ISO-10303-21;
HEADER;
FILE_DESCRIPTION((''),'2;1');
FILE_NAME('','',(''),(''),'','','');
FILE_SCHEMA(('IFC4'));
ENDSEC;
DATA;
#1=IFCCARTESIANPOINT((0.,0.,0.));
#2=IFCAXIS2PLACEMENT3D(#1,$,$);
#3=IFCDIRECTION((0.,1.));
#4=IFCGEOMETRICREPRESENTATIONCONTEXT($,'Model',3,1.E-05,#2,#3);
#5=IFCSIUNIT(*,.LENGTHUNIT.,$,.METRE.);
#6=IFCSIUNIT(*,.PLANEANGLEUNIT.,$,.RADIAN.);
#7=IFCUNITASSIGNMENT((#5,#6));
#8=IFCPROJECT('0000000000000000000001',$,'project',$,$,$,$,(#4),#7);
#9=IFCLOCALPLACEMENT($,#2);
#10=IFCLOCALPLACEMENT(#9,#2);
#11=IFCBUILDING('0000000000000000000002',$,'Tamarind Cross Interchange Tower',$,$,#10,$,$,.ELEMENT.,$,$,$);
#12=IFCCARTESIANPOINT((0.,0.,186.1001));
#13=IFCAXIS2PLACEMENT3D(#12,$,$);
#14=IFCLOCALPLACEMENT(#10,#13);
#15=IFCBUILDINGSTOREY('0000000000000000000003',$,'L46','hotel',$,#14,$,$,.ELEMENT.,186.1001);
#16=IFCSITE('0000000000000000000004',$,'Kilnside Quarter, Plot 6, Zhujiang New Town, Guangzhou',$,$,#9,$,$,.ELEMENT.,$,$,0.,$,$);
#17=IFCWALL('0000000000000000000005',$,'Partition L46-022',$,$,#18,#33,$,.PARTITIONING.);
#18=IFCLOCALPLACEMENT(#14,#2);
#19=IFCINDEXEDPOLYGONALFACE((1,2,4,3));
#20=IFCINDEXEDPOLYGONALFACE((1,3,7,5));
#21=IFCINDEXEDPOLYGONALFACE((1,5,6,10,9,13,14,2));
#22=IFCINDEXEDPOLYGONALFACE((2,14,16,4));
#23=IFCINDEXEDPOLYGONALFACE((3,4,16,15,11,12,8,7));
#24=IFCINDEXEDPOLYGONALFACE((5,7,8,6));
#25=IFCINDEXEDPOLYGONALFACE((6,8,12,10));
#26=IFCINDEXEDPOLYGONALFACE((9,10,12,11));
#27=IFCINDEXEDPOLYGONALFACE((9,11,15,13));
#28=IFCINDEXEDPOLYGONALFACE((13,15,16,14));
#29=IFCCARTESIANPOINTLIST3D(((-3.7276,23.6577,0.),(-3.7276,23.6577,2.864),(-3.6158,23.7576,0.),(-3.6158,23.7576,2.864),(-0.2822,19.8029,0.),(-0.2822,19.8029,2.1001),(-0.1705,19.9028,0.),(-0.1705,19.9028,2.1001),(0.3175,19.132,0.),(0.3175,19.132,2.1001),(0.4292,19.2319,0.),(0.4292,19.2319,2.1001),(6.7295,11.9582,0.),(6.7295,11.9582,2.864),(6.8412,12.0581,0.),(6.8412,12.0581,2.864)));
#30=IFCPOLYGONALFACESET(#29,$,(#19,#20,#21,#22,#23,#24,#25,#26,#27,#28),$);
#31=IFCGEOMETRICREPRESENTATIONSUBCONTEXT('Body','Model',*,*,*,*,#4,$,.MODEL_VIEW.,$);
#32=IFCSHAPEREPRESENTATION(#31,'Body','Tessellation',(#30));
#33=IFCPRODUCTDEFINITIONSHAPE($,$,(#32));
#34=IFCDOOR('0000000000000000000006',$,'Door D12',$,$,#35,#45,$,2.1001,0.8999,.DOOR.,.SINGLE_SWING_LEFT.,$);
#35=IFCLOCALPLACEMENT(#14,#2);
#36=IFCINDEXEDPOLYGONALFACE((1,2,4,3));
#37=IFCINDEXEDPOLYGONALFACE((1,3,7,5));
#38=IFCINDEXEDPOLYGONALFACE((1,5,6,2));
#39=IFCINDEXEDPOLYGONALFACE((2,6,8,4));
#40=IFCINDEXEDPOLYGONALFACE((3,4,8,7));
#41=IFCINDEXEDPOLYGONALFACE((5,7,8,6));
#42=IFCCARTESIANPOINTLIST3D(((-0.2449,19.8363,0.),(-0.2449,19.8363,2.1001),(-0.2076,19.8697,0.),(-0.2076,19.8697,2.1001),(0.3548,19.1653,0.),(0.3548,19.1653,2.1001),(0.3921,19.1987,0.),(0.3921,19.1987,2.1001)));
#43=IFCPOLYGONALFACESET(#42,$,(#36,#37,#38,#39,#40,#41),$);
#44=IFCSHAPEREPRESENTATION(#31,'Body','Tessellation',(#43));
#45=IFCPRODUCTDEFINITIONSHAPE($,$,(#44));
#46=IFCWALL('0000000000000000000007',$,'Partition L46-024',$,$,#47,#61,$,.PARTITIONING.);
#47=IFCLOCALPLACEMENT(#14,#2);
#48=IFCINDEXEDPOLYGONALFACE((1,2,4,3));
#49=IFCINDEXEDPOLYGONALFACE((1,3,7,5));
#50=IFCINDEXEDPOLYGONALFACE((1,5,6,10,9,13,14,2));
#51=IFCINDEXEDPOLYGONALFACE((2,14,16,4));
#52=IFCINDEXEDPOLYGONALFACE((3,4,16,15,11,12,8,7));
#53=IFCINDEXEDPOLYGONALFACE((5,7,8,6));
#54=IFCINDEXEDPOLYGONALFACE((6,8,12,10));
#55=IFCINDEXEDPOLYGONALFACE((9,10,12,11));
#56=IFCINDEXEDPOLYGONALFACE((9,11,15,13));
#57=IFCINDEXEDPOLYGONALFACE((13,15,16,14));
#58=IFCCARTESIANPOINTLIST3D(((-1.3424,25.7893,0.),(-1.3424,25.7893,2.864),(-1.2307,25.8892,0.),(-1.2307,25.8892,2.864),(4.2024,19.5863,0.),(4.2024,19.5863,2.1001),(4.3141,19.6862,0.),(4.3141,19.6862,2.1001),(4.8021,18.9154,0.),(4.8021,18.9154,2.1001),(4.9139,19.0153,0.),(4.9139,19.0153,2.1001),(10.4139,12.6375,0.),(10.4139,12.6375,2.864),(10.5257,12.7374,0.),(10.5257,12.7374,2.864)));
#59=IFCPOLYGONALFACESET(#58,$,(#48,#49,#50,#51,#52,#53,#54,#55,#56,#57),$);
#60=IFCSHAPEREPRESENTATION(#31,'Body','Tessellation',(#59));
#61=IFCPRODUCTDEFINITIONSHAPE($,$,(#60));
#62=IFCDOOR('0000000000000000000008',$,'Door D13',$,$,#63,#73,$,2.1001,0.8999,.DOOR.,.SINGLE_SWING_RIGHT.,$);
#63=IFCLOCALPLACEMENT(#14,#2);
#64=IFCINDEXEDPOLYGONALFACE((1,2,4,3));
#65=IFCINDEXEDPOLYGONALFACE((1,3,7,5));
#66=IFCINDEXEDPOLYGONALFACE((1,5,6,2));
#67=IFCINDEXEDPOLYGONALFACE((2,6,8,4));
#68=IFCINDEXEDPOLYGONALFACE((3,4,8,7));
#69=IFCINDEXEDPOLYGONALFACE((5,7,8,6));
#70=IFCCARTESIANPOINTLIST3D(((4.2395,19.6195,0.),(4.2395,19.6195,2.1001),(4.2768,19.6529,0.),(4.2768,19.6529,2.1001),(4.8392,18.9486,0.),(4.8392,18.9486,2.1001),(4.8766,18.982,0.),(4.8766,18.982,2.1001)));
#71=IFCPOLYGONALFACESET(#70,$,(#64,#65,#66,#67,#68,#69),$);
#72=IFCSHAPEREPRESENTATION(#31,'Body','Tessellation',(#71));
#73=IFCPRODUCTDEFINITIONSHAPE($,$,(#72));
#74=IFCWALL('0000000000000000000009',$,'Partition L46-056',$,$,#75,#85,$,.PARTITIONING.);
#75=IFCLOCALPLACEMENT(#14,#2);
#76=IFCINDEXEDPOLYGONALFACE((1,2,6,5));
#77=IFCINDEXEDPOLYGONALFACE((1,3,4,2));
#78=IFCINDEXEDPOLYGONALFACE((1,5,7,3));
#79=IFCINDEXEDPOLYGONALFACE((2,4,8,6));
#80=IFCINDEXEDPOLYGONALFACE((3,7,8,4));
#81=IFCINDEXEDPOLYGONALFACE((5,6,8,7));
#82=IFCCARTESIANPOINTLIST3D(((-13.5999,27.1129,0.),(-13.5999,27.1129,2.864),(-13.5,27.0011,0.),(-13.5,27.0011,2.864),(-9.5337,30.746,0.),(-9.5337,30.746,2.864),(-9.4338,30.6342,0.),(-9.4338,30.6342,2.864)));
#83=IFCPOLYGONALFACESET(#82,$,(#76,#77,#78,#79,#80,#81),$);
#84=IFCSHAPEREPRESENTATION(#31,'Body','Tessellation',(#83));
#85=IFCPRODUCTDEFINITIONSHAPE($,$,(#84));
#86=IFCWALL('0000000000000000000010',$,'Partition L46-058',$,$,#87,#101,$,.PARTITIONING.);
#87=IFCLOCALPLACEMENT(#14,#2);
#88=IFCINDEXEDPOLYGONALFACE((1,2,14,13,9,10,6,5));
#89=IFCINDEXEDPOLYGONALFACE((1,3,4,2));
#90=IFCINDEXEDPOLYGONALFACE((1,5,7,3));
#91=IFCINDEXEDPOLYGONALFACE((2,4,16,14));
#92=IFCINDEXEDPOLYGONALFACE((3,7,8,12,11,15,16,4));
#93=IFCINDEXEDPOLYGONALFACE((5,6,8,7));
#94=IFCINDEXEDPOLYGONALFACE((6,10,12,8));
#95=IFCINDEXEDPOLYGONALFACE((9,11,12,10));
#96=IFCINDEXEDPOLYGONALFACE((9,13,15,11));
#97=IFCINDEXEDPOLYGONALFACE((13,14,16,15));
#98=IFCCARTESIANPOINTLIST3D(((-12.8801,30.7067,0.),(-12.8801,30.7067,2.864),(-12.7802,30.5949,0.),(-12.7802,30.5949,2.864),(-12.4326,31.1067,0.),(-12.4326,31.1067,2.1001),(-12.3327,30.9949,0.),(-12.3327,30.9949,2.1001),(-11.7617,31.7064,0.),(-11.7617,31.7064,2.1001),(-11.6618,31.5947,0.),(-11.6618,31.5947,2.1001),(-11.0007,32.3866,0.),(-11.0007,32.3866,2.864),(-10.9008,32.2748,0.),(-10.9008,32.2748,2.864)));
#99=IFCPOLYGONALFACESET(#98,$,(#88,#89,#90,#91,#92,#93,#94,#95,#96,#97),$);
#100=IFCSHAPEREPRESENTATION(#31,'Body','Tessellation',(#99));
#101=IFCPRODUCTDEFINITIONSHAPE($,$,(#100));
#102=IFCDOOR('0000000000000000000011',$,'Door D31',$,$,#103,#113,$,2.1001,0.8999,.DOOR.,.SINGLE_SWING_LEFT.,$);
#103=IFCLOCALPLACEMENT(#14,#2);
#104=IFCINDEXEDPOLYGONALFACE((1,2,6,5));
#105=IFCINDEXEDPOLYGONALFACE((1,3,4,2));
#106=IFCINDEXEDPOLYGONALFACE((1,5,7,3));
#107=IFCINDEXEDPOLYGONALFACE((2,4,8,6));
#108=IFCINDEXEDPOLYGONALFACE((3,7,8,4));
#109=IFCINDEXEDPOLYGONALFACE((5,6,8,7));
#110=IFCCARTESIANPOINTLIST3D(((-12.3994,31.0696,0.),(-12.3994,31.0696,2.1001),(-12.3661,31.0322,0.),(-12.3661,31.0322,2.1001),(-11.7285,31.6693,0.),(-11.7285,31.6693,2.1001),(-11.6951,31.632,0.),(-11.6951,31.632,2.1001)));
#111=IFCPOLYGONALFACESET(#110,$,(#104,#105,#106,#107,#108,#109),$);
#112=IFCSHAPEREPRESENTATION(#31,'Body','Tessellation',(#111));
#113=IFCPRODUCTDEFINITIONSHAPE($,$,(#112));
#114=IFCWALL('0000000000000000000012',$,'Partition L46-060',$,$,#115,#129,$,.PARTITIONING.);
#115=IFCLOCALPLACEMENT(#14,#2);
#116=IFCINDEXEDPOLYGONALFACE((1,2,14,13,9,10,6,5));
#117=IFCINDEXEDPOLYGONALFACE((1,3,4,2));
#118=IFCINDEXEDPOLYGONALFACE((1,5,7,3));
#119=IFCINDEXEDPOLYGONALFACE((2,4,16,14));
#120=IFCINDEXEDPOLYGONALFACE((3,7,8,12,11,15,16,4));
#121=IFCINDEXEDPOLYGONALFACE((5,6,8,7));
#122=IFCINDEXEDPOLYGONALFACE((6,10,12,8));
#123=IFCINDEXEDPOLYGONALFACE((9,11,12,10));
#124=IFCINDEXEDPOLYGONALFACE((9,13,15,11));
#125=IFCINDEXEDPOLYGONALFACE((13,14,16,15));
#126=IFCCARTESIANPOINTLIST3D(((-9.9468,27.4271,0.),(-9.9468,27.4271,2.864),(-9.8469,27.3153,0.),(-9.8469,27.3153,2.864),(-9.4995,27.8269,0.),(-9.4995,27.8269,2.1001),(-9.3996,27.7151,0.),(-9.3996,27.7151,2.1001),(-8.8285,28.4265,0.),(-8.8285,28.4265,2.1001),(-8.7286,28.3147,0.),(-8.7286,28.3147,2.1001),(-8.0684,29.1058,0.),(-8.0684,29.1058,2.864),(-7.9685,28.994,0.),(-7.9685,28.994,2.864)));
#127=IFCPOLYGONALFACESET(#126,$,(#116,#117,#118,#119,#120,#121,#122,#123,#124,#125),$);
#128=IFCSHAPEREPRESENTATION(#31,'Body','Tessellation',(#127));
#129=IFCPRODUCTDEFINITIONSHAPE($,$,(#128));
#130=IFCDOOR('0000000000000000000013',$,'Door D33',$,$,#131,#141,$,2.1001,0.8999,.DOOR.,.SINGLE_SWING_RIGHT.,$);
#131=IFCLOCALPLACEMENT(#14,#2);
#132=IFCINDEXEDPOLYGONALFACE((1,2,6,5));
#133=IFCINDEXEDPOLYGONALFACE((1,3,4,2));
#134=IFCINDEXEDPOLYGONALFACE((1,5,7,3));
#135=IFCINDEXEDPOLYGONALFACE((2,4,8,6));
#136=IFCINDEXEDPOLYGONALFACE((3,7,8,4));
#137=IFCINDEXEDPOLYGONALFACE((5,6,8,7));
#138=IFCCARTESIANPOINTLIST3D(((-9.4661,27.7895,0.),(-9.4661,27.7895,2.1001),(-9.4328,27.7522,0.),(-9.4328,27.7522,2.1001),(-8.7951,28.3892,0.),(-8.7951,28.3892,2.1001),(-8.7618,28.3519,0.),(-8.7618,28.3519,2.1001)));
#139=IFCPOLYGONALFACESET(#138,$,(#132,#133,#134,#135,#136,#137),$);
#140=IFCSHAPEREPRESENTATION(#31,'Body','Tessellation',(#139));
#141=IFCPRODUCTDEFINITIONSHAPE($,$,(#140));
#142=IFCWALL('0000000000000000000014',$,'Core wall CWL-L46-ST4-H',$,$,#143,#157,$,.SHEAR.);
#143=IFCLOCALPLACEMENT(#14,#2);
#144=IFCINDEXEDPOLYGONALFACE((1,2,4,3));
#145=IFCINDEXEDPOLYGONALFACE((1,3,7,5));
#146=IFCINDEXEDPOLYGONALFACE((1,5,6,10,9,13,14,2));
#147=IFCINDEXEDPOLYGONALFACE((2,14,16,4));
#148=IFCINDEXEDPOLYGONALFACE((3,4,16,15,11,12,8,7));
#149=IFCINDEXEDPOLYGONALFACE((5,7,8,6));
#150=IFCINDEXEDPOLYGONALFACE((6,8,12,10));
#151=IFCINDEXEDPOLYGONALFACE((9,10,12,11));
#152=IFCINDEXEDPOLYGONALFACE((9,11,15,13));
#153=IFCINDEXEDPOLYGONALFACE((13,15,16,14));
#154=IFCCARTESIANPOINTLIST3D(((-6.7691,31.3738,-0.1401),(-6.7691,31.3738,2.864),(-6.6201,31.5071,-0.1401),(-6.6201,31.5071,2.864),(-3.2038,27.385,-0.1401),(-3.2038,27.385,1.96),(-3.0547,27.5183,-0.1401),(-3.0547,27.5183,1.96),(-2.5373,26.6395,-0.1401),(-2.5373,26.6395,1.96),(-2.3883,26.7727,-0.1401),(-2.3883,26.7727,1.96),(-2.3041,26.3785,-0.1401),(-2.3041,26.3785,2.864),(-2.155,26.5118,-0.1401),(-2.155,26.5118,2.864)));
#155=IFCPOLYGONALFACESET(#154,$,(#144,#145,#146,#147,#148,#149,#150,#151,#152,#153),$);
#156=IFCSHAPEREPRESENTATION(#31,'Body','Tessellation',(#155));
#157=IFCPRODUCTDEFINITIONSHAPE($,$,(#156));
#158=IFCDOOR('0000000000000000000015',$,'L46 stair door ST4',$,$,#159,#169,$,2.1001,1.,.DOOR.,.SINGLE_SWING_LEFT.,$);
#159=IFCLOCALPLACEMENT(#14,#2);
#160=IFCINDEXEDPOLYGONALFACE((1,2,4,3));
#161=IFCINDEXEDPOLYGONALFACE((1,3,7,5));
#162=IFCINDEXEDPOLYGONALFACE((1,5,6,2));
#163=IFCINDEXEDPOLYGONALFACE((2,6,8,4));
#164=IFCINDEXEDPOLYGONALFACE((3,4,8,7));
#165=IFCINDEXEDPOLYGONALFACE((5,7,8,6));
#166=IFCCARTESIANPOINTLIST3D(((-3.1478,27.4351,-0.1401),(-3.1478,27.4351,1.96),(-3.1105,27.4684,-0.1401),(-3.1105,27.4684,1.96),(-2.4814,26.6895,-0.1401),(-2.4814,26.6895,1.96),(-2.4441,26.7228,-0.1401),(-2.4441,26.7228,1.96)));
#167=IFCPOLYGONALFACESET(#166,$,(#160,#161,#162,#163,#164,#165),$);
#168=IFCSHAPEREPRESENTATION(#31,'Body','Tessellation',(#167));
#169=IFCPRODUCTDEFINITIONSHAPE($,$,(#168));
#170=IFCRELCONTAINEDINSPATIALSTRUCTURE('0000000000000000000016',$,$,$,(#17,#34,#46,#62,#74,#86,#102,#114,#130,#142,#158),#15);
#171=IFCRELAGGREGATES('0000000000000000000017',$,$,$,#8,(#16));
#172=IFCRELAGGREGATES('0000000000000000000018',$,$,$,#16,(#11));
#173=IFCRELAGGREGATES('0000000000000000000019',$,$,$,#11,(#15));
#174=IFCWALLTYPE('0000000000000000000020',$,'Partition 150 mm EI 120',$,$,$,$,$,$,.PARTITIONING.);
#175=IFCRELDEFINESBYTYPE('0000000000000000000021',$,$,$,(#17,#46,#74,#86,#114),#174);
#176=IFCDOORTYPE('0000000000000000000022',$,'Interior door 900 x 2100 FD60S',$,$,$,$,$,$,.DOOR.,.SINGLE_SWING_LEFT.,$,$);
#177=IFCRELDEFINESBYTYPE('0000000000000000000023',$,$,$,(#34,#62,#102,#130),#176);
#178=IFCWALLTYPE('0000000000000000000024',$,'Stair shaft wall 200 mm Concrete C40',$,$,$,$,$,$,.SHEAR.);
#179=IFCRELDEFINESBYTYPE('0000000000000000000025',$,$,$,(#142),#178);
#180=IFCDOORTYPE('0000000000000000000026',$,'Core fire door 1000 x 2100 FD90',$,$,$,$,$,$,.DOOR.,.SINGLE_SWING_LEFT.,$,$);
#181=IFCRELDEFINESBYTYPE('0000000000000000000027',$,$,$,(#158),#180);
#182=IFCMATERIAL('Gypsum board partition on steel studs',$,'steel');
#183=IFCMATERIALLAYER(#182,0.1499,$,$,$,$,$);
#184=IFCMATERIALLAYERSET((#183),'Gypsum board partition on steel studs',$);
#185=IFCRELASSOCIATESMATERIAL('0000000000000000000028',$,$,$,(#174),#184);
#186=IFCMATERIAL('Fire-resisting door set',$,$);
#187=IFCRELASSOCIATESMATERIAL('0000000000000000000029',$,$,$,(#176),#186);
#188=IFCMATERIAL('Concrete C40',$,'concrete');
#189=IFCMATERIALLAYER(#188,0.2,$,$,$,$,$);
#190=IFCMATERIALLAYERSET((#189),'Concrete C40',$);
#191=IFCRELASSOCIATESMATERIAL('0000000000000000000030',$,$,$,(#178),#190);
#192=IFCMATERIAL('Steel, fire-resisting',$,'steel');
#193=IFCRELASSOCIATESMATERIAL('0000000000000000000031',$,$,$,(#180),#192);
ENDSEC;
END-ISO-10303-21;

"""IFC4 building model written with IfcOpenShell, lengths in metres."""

from ifc_helpers import new_model, si_unit, direction, frame, frame_2d, origin, place, context, subcontext, project, spatial, rectangle, extrude, material, layer, layer_set, type_object, element, fill, save


model = new_model("IFC4")

# Units and contexts
model_context = context("Model", 3, precision=1e-05, world=origin(), true_north=direction((0.0, 1.0)))
body_context = subcontext(model_context, "Body", "Model", "MODEL_VIEW")
ifc_project = project(units=[si_unit("LENGTHUNIT", "METRE"), si_unit("PLANEANGLEUNIT", "RADIAN")], contexts=[model_context])

# Site, building, storey
site_placement = place(None, origin())
site = spatial("IfcSite", under=ifc_project, at=site_placement, Name="Kilnside Quarter, Plot 6, Zhujiang New Town, Guangzhou", CompositionType="ELEMENT", RefElevation=0.0)
building_placement = place(site_placement, origin())
building = spatial("IfcBuilding", under=site, at=building_placement, Name="Tamarind Cross Interchange Tower", CompositionType="ELEMENT")
storey_placement = place(building_placement, frame((0.0, 0.0, 186.1001)))
storey = spatial("IfcBuildingStorey", under=building, at=storey_placement, Name="L46", Description="hotel", CompositionType="ELEMENT", Elevation=186.1001)

# Shared definitions
ifc_material_1 = material(Name="Gypsum board partition on steel studs", Category="steel")
ifc_layer_1 = layer(ifc_material_1, 0.1499)
ifc_layer_set_1 = layer_set([ifc_layer_1], Name="Gypsum board partition on steel studs")
wall_type_1 = type_object("IfcWallType", Name="Partition 150 mm EI 120", PredefinedType="PARTITIONING", material=ifc_layer_set_1)

# Walls, openings, doors
wall_1_placement = place(storey_placement, frame((-3.6716, 23.7075, 0.0), z_axis=(0.0, 0.0, 1.0), x_axis=(0.666409, -0.745587, 0.0)))
wall_1 = element("IfcWall", 1, at=wall_1_placement, inside=storey, type_object=wall_type_1, Name="Partition L46-022", PredefinedType="PARTITIONING", context=body_context, shape_type="SweptSolid", body=[
    extrude(rectangle(XDim=15.6917, YDim=0.1499, at=frame_2d((7.8457, 0.0))), origin(), (0.0, 0.0, 1.0), 2.864),
])
opening_1_placement = place(wall_1_placement, frame((5.1699, 0.0, 0.0)))
opening_1 = element("IfcOpeningElement", 2, at=opening_1_placement, cuts=wall_1, PredefinedType="OPENING", context=body_context, shape_type="SweptSolid", body=[
    extrude(rectangle(XDim=0.8999, YDim=2.1001, at=frame_2d((0.45, 1.05))), frame((0.0, 0.085, 0.0), z_axis=(0.0, -1.0, 0.0), x_axis=(1.0, 0.0, 0.0)), (0.0, 0.0, 1.0), 0.1699),
])
ifc_material_2 = material(Name="Fire-resisting door set")
door_type_1 = type_object("IfcDoorType", Name="Interior door 900 x 2100 FD60S", OperationType="SINGLE_SWING_LEFT", PredefinedType="DOOR", material=ifc_material_2)
door_1_placement = place(opening_1_placement, frame((0.8999, 0.0, 0.0), z_axis=(0.0, 0.0, 1.0), x_axis=(-1.0, 0.0, 0.0)))
door_1 = element("IfcDoor", 3, at=door_1_placement, inside=storey, type_object=door_type_1, Name="Door D12", OperationType="SINGLE_SWING_LEFT", OverallHeight=2.1001, OverallWidth=0.8999, PredefinedType="DOOR", context=body_context, shape_type="SweptSolid", body=[
    extrude(rectangle(XDim=0.8999, YDim=2.1001, at=frame_2d((0.45, 1.05))), frame((0.0, 0.0249, 0.0), z_axis=(0.0, -1.0, 0.0), x_axis=(1.0, 0.0, 0.0)), (0.0, 0.0, 1.0), 0.05),
])
fill(opening_1, door_1)
wall_2_placement = place(storey_placement, frame((-1.2866, 25.8394, 0.0), z_axis=(0.0, 0.0, 1.0), x_axis=(0.666445, -0.745554, 0.0)))
wall_2 = element("IfcWall", 4, at=wall_2_placement, inside=storey, type_object=wall_type_1, Name="Partition L46-024", PredefinedType="PARTITIONING", context=body_context, shape_type="SweptSolid", body=[
    extrude(rectangle(XDim=17.6404, YDim=0.1499, at=frame_2d((8.8203, 0.0))), origin(), (0.0, 0.0, 1.0), 2.864),
])
opening_2_placement = place(wall_2_placement, frame((8.3201, 0.0, 0.0)))
opening_2 = element("IfcOpeningElement", 5, at=opening_2_placement, cuts=wall_2, PredefinedType="OPENING", context=body_context, shape_type="SweptSolid", body=[
    extrude(rectangle(XDim=0.8999, YDim=2.1001, at=frame_2d((0.45, 1.05))), frame((0.0, 0.085, 0.0), z_axis=(0.0, -1.0, 0.0), x_axis=(1.0, 0.0, 0.0)), (0.0, 0.0, 1.0), 0.1699),
])
door_2_placement = place(opening_2_placement, origin())
door_2 = element("IfcDoor", 6, at=door_2_placement, inside=storey, type_object=door_type_1, Name="Door D13", OperationType="SINGLE_SWING_RIGHT", OverallHeight=2.1001, OverallWidth=0.8999, PredefinedType="DOOR", context=body_context, shape_type="SweptSolid", body=[
    extrude(rectangle(XDim=0.8999, YDim=2.1001, at=frame_2d((0.45, 1.05))), frame((0.0, 0.0249, 0.0), z_axis=(0.0, -1.0, 0.0), x_axis=(1.0, 0.0, 0.0)), (0.0, 0.0, 1.0), 0.05),
])
fill(opening_2, door_2)

# Wall
wall_3_placement = place(storey_placement, frame((-13.55, 27.0569, 0.0), z_axis=(0.0, 0.0, 1.0), x_axis=(0.745705, 0.666276, 0.0)))
element("IfcWall", 7, at=wall_3_placement, inside=storey, type_object=wall_type_1, Name="Partition L46-056", PredefinedType="PARTITIONING", context=body_context, shape_type="SweptSolid", body=[
    extrude(rectangle(XDim=5.4529, YDim=0.1499, at=frame_2d((2.7266, 0.0))), origin(), (0.0, 0.0, 1.0), 2.864),
])

# Walls, openings, doors
wall_4_placement = place(storey_placement, frame((-12.8301, 30.6509, 0.0), z_axis=(0.0, 0.0, 1.0), x_axis=(0.745563, 0.666435, 0.0)))
wall_4 = element("IfcWall", 8, at=wall_4_placement, inside=storey, type_object=wall_type_1, Name="Partition L46-058", PredefinedType="PARTITIONING", context=body_context, shape_type="SweptSolid", body=[
    extrude(rectangle(XDim=2.5208, YDim=0.1499, at=frame_2d((1.2603, 0.0))), origin(), (0.0, 0.0, 1.0), 2.864),
])
opening_3_placement = place(wall_4_placement, frame((0.6001, 0.0, 0.0)))
opening_3 = element("IfcOpeningElement", 9, at=opening_3_placement, cuts=wall_4, PredefinedType="OPENING", context=body_context, shape_type="SweptSolid", body=[
    extrude(rectangle(XDim=0.8999, YDim=2.1001, at=frame_2d((0.45, 1.05))), frame((0.0, 0.085, 0.0), z_axis=(0.0, -1.0, 0.0), x_axis=(1.0, 0.0, 0.0)), (0.0, 0.0, 1.0), 0.1699),
])
door_3_placement = place(opening_3_placement, frame((0.8999, 0.0, 0.0), z_axis=(0.0, 0.0, 1.0), x_axis=(-1.0, 0.0, 0.0)))
door_3 = element("IfcDoor", 10, at=door_3_placement, inside=storey, type_object=door_type_1, Name="Door D31", OperationType="SINGLE_SWING_LEFT", OverallHeight=2.1001, OverallWidth=0.8999, PredefinedType="DOOR", context=body_context, shape_type="SweptSolid", body=[
    extrude(rectangle(XDim=0.8999, YDim=2.1001, at=frame_2d((0.45, 1.05))), frame((0.0, 0.0249, 0.0), z_axis=(0.0, -1.0, 0.0), x_axis=(1.0, 0.0, 0.0)), (0.0, 0.0, 1.0), 0.05),
])
fill(opening_3, door_3)
wall_5_placement = place(storey_placement, frame((-9.897, 27.3711, 0.0), z_axis=(0.0, 0.0, 1.0), x_axis=(0.745632, 0.666358, 0.0)))
wall_5 = element("IfcWall", 11, at=wall_5_placement, inside=storey, type_object=wall_type_1, Name="Partition L46-060", PredefinedType="PARTITIONING", context=body_context, shape_type="SweptSolid", body=[
    extrude(rectangle(XDim=2.5193, YDim=0.1499, at=frame_2d((1.2598, 0.0))), origin(), (0.0, 0.0, 1.0), 2.864),
])
opening_4_placement = place(wall_5_placement, frame((0.6001, 0.0, 0.0)))
opening_4 = element("IfcOpeningElement", 12, at=opening_4_placement, cuts=wall_5, PredefinedType="OPENING", context=body_context, shape_type="SweptSolid", body=[
    extrude(rectangle(XDim=0.8999, YDim=2.1001, at=frame_2d((0.45, 1.05))), frame((0.0, 0.085, 0.0), z_axis=(0.0, -1.0, 0.0), x_axis=(1.0, 0.0, 0.0)), (0.0, 0.0, 1.0), 0.1699),
])
door_4_placement = place(opening_4_placement, origin())
door_4 = element("IfcDoor", 13, at=door_4_placement, inside=storey, type_object=door_type_1, Name="Door D33", OperationType="SINGLE_SWING_RIGHT", OverallHeight=2.1001, OverallWidth=0.8999, PredefinedType="DOOR", context=body_context, shape_type="SweptSolid", body=[
    extrude(rectangle(XDim=0.8999, YDim=2.1001, at=frame_2d((0.45, 1.05))), frame((0.0, 0.0249, 0.0), z_axis=(0.0, -1.0, 0.0), x_axis=(1.0, 0.0, 0.0)), (0.0, 0.0, 1.0), 0.05),
])
fill(opening_4, door_4)
ifc_material_3 = material(Name="Concrete C40", Category="concrete")
ifc_layer_2 = layer(ifc_material_3, 0.2)
ifc_layer_set_2 = layer_set([ifc_layer_2], Name="Concrete C40")
wall_type_2 = type_object("IfcWallType", Name="Stair shaft wall 200 mm Concrete C40", PredefinedType="SHEAR", material=ifc_layer_set_2)
wall_6_placement = place(storey_placement, frame((-2.2295, 26.4451, -0.1401), z_axis=(0.0, 0.0, 1.0), x_axis=(-0.666426, 0.745571, 0.0)))
wall_6 = element("IfcWall", 14, at=wall_6_placement, inside=storey, type_object=wall_type_2, Name="Core wall CWL-L46-ST4-H", PredefinedType="SHEAR", context=body_context, shape_type="SweptSolid", body=[
    extrude(rectangle(XDim=6.7, YDim=0.2, at=frame_2d((3.3501, 0.0))), origin(), (0.0, 0.0, 1.0), 3.0042),
])
opening_5_placement = place(wall_6_placement, frame((0.3501, 0.0, 0.0)))
opening_5 = element("IfcOpeningElement", 15, at=opening_5_placement, cuts=wall_6, PredefinedType="OPENING", context=body_context, shape_type="SweptSolid", body=[
    extrude(rectangle(XDim=1.0, YDim=2.1001, at=frame_2d((0.5, 1.05))), frame((0.0, 0.1099, 0.0), z_axis=(0.0, -1.0, 0.0), x_axis=(1.0, 0.0, 0.0)), (0.0, 0.0, 1.0), 0.22),
])
ifc_material_4 = material(Name="Steel, fire-resisting", Category="steel")
door_type_2 = type_object("IfcDoorType", Name="Core fire door 1000 x 2100 FD90", OperationType="SINGLE_SWING_LEFT", PredefinedType="DOOR", material=ifc_material_4)
door_5_placement = place(opening_5_placement, origin())
door_5 = element("IfcDoor", 16, at=door_5_placement, inside=storey, type_object=door_type_2, Name="L46 stair door ST4", OperationType="SINGLE_SWING_LEFT", OverallHeight=2.1001, OverallWidth=1.0, PredefinedType="DOOR", context=body_context, shape_type="SweptSolid", body=[
    extrude(rectangle(XDim=1.0, YDim=2.1001, at=frame_2d((0.5, 1.05))), frame((0.0, 0.0249, 0.0), z_axis=(0.0, -1.0, 0.0), x_axis=(1.0, 0.0, 0.0)), (0.0, 0.0, 1.0), 0.05),
])
fill(opening_5, door_5)

save(model, "model.ifc")
